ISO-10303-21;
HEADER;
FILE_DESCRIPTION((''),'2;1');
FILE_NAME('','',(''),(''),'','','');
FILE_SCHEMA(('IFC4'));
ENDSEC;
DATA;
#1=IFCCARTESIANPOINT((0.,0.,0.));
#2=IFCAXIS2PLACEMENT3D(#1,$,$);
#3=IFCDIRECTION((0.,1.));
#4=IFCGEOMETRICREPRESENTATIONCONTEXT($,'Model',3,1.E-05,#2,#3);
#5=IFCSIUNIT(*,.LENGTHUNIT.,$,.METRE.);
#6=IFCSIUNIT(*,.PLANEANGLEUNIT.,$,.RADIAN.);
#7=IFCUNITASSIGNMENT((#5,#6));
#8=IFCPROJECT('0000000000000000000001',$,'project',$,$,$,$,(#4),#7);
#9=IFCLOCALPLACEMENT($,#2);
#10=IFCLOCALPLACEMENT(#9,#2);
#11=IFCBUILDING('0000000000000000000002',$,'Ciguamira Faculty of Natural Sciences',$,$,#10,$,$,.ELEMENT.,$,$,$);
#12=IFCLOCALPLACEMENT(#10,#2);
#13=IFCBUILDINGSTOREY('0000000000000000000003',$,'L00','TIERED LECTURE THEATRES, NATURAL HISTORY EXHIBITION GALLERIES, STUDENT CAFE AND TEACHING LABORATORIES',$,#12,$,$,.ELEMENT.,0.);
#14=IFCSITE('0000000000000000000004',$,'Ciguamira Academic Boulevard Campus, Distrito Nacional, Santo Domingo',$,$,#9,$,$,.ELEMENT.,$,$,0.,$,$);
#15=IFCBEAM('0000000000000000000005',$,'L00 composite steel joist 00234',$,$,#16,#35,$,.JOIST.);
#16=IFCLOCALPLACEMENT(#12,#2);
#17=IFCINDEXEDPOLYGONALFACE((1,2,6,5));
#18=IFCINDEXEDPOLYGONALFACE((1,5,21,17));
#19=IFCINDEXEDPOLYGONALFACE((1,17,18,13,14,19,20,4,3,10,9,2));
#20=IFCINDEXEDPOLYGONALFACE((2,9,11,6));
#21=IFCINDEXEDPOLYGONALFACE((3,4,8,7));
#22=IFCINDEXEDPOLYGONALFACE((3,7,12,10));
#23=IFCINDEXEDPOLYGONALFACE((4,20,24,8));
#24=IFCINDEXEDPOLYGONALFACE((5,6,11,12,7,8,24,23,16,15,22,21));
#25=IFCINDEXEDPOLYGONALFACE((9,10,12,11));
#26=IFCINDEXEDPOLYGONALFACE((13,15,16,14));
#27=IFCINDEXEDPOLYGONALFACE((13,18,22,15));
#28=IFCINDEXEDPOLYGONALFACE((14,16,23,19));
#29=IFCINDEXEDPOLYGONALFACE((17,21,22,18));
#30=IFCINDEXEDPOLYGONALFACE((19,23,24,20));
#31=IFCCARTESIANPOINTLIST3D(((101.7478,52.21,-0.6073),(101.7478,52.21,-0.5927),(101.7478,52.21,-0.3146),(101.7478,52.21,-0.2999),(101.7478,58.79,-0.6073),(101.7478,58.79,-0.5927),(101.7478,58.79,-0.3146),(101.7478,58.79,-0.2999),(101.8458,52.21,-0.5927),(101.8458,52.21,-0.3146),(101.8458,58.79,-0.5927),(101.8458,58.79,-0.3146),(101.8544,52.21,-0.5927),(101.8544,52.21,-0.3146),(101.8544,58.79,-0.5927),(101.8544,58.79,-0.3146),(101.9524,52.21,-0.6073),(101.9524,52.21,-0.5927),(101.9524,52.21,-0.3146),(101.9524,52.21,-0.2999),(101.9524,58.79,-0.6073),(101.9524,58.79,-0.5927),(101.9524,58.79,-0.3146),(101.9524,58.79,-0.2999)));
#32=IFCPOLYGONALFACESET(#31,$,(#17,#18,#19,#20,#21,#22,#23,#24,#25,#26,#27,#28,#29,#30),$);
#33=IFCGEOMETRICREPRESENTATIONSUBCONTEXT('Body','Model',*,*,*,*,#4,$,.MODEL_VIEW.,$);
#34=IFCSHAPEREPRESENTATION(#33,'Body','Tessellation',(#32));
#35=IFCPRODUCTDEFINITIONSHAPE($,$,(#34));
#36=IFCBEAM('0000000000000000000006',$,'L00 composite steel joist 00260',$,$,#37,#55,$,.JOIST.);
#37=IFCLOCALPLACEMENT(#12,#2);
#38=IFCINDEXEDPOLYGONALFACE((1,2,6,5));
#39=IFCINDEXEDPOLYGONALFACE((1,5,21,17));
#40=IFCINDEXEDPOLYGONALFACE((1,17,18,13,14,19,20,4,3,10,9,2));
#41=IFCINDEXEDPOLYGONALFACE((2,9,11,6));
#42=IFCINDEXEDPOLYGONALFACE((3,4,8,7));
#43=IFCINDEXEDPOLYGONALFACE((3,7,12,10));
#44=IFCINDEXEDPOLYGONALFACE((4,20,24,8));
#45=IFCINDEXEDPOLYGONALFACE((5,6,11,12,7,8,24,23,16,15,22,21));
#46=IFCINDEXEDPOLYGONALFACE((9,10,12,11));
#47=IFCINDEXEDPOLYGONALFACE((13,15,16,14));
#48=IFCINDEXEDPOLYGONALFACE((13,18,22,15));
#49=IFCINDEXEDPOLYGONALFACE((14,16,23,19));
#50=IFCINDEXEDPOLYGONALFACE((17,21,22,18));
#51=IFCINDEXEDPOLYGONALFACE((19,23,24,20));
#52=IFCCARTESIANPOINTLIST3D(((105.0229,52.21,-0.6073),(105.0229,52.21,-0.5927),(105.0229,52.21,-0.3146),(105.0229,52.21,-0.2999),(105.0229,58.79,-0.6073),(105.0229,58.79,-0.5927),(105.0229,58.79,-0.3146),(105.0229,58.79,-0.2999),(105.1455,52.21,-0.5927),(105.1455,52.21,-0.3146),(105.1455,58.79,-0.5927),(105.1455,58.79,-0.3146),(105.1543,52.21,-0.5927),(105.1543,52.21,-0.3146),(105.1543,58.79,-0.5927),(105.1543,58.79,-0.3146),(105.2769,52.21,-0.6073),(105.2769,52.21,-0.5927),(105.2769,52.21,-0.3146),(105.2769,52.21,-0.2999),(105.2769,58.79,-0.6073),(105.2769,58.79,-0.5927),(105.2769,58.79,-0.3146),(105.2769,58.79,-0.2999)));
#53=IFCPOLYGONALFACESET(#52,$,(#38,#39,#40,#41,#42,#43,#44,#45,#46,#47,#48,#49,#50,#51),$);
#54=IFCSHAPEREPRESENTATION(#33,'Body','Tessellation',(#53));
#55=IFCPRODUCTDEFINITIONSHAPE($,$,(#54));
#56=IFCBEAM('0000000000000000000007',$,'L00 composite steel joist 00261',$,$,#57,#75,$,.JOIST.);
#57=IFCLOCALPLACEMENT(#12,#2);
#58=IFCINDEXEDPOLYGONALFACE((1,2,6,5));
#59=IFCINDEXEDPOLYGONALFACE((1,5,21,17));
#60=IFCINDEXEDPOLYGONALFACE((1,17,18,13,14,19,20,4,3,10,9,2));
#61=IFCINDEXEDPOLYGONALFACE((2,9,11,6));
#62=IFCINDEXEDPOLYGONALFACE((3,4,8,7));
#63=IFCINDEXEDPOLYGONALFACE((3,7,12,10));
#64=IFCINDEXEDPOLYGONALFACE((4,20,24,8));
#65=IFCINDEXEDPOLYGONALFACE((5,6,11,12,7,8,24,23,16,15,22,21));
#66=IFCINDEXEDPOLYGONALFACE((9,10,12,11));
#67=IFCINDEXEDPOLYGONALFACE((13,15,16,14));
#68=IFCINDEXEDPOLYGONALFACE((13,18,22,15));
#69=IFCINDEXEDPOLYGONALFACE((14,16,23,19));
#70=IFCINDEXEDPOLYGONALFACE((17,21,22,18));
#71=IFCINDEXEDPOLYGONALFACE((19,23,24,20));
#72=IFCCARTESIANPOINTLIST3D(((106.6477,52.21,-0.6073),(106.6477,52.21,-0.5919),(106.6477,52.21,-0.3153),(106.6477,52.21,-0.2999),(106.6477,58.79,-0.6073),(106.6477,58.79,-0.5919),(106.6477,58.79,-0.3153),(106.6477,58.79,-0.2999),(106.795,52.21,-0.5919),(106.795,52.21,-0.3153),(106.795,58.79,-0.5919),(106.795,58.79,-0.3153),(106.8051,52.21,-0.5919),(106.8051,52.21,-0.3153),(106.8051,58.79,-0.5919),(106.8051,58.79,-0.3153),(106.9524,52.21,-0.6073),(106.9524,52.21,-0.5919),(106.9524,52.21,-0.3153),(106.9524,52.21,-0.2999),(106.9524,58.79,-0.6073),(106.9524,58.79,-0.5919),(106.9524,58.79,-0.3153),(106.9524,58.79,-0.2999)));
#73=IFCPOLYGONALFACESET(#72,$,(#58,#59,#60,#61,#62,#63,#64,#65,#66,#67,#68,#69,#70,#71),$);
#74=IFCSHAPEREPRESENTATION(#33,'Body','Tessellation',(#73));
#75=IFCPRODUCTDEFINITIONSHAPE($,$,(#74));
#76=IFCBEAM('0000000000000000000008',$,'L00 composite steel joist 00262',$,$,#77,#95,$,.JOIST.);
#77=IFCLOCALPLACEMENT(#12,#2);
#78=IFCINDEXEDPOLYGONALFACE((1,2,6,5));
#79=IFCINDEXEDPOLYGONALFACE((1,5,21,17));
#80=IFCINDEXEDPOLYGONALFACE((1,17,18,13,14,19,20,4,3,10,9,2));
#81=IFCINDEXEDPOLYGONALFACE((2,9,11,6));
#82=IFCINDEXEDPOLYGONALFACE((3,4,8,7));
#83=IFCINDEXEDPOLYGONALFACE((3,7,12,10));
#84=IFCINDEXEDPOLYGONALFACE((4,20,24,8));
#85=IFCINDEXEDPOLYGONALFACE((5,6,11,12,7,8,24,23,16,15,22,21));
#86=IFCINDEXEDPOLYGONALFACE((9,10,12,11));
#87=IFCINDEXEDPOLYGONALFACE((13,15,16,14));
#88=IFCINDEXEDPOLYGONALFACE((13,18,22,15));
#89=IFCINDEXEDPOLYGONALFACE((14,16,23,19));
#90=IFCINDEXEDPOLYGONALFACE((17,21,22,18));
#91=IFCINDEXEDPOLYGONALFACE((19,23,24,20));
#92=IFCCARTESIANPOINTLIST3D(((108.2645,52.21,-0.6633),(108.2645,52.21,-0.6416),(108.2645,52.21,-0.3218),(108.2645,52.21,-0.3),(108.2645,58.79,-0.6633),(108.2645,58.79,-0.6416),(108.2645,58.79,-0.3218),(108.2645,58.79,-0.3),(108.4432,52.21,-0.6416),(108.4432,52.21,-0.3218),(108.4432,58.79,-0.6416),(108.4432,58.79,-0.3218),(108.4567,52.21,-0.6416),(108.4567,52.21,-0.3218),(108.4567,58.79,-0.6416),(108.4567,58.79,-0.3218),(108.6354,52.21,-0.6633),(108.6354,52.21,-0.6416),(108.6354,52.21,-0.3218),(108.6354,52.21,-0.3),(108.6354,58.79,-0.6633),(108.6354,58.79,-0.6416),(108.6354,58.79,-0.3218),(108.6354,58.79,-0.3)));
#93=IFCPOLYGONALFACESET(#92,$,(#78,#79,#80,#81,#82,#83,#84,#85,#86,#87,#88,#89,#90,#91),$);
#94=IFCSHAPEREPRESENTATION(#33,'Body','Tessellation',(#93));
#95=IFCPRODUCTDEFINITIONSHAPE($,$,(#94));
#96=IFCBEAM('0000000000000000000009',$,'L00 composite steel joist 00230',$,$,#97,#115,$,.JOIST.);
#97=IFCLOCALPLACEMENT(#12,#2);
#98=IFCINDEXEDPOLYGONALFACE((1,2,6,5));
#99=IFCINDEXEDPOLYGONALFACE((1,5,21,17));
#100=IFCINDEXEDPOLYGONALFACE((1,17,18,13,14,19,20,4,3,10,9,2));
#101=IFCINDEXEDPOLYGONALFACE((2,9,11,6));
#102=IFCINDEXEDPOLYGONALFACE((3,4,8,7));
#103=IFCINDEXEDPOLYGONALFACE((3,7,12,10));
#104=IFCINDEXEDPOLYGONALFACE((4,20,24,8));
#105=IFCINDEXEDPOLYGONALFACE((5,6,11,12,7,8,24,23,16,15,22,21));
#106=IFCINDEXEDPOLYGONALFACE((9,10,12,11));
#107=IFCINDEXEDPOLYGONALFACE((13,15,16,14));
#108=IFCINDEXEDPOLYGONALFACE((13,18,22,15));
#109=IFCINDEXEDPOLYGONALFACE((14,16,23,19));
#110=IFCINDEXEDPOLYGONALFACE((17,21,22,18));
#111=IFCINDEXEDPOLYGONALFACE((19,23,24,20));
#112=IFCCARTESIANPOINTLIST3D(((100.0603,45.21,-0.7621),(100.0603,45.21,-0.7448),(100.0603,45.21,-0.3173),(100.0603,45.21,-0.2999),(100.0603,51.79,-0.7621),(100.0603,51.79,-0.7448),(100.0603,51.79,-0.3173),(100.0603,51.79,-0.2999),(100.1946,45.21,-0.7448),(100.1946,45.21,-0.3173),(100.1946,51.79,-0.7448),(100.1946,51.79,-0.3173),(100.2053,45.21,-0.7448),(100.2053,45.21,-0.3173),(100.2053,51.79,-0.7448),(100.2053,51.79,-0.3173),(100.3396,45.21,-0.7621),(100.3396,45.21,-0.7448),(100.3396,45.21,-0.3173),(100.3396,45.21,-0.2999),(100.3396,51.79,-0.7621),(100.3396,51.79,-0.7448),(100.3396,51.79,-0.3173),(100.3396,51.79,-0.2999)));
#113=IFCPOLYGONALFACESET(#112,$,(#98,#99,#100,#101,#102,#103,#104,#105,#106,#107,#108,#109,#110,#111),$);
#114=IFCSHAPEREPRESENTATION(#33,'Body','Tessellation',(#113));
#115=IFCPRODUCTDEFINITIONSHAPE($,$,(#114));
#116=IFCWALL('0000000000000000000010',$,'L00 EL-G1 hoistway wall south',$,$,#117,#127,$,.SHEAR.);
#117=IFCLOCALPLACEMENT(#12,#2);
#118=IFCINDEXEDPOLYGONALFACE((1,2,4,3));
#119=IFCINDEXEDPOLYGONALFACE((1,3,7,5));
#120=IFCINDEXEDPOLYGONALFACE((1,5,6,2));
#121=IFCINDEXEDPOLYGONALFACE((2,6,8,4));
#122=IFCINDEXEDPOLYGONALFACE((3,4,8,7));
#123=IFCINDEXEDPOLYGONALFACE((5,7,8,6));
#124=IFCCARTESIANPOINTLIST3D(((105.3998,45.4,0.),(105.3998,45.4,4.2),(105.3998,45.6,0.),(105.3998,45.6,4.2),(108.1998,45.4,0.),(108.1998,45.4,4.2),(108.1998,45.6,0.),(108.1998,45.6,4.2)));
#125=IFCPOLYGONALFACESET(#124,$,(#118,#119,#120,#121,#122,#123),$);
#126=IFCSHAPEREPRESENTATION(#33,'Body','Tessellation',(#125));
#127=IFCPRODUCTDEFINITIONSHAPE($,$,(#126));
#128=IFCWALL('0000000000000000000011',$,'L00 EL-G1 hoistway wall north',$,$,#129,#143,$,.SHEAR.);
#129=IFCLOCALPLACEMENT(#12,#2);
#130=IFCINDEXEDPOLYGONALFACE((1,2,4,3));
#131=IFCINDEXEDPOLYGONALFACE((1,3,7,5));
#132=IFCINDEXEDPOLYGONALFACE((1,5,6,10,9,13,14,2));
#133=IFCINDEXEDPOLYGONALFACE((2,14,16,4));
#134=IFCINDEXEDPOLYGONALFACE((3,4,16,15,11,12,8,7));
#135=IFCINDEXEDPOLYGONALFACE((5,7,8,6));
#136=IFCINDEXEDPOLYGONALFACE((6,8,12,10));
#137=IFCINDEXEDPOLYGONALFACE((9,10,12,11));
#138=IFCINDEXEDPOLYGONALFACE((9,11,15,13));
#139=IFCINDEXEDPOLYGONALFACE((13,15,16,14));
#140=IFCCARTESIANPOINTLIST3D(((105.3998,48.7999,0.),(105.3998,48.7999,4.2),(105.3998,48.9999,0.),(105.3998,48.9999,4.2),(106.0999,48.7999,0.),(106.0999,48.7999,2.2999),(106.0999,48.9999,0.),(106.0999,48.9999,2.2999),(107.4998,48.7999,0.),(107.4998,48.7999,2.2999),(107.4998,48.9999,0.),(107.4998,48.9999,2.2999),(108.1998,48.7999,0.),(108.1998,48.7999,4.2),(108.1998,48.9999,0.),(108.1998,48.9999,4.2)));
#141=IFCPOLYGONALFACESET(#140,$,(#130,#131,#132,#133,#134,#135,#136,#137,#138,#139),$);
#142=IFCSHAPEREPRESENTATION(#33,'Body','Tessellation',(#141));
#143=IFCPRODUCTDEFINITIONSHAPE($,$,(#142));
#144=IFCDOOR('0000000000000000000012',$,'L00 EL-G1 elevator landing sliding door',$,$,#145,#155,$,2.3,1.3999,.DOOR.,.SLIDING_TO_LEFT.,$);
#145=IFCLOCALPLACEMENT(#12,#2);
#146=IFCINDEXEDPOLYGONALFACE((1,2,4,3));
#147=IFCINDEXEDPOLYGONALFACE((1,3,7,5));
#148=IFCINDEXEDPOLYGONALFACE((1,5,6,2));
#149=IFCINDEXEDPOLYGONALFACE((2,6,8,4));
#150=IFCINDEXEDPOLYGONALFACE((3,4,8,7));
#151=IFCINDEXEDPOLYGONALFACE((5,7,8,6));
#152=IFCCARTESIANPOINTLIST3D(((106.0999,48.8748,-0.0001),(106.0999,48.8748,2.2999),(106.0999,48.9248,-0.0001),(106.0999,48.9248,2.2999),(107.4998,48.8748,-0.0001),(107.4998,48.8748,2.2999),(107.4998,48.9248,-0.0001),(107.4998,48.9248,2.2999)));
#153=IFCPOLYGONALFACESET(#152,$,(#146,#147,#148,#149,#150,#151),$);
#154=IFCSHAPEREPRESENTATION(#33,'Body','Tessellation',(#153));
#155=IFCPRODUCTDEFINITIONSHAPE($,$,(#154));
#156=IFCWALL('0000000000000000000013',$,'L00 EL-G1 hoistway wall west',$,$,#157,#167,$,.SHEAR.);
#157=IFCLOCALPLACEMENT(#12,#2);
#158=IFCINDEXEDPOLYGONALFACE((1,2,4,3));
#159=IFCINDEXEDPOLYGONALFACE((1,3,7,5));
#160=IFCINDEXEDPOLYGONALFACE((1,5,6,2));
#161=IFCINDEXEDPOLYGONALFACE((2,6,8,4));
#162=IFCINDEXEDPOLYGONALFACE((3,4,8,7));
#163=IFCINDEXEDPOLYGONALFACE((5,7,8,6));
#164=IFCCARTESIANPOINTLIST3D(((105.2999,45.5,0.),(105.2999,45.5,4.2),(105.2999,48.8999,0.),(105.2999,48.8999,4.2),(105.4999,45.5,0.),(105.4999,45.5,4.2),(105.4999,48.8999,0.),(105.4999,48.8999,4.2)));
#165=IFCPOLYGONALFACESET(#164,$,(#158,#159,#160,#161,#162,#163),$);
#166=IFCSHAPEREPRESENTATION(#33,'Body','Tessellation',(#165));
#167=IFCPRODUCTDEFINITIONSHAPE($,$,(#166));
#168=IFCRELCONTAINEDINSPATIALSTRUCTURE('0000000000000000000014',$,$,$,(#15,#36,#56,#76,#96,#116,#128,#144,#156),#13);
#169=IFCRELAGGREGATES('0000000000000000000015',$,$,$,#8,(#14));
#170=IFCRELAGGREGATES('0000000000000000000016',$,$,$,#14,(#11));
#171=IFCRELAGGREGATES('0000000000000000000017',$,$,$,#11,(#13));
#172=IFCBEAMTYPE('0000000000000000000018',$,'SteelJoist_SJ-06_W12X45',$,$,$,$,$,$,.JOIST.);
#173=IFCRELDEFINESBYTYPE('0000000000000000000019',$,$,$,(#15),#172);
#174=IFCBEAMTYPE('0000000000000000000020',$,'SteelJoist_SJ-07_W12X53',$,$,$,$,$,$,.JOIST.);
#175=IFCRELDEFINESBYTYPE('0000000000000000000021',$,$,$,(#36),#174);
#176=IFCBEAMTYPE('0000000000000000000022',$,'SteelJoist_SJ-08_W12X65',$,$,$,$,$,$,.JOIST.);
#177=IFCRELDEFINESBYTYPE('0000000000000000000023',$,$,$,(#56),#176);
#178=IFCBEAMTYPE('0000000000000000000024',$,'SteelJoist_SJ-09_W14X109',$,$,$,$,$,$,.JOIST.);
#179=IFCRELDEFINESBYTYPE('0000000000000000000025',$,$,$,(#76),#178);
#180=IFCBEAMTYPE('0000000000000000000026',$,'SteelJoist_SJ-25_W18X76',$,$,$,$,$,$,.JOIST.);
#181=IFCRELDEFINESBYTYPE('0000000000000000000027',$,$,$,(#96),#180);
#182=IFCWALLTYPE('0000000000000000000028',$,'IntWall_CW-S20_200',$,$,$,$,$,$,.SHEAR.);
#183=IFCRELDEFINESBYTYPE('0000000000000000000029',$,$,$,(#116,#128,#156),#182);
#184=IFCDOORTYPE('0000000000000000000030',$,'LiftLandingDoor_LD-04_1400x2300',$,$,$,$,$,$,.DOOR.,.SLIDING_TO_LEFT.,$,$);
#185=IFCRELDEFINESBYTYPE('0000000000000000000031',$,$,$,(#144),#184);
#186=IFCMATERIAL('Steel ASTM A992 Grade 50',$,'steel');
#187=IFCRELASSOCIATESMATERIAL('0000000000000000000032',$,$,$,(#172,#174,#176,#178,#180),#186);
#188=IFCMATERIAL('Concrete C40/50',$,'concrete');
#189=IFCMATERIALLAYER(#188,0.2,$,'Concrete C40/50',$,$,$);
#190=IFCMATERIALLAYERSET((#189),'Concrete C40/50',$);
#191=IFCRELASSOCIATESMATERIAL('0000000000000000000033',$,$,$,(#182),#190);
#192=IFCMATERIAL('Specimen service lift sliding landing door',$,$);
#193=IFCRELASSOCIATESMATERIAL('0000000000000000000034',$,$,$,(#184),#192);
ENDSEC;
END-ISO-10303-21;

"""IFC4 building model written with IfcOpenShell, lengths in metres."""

from ifc_helpers import new_model, si_unit, direction, frame, frame_2d, origin, origin_2d, place, context, subcontext, project, spatial, rectangle, i_section, extrude, material, layer, layer_set, material_profile, profile_set, type_object, element, fill, save


model = new_model("IFC4")

# Units and contexts
model_context = context("Model", 3, precision=1e-05, world=origin(), true_north=direction((0.0, 1.0)))
body_context = subcontext(model_context, "Body", "Model", "MODEL_VIEW")
ifc_project = project(units=[si_unit("LENGTHUNIT", "METRE"), si_unit("PLANEANGLEUNIT", "RADIAN")], contexts=[model_context])

# Site, building, storey
site_placement = place(None, origin())
site = spatial("IfcSite", under=ifc_project, at=site_placement, Name="Ciguamira Academic Boulevard Campus, Distrito Nacional, Santo Domingo", CompositionType="ELEMENT", RefElevation=0.0)
building_placement = place(site_placement, origin())
building = spatial("IfcBuilding", under=site, at=building_placement, Name="Ciguamira Faculty of Natural Sciences", CompositionType="ELEMENT")
storey_placement = place(building_placement, origin())
storey = spatial("IfcBuildingStorey", under=building, at=storey_placement, Name="L00", Description="TIERED LECTURE THEATRES, NATURAL HISTORY EXHIBITION GALLERIES, STUDENT CAFE AND TEACHING LABORATORIES", CompositionType="ELEMENT", Elevation=0.0)

# Shared definitions
ifc_material_1 = material(Name="Concrete C40/50", Category="concrete")

# Beams
ifc_material_2 = material(Name="Steel ASTM A992 Grade 50", Category="steel")
ifc_material_profile_1 = material_profile(ifc_material_2, i_section(OverallWidth=0.2046, OverallDepth=0.3074, WebThickness=0.0085, FlangeThickness=0.0146, at=origin_2d()), Name="W12X45")
ifc_profile_set_1 = profile_set([ifc_material_profile_1], Name="Steel ASTM A992 Grade 50")
beam_type_1 = type_object("IfcBeamType", Name="SteelJoist_SJ-06_W12X45", PredefinedType="JOIST", material=ifc_profile_set_1)
beam_1_placement = place(storey_placement, frame((101.8501, 52.21, -0.4536), z_axis=(0.0, 1.0, 0.0), x_axis=(-1.0, 0.0, 0.0)))
element("IfcBeam", 1, at=beam_1_placement, inside=storey, type_object=beam_type_1, Name="L00 composite steel joist 00234", PredefinedType="JOIST", context=body_context, shape_type="SweptSolid", body=[
    extrude(i_section(OverallWidth=0.2046, OverallDepth=0.3074, WebThickness=0.0085, FlangeThickness=0.0146, at=origin_2d()), origin(), (0.0, 0.0, 1.0), 6.5801),
])
ifc_material_profile_2 = material_profile(ifc_material_2, i_section(OverallWidth=0.2539, OverallDepth=0.3074, WebThickness=0.0088, FlangeThickness=0.0146, at=origin_2d()), Name="W12X53")
ifc_profile_set_2 = profile_set([ifc_material_profile_2], Name="Steel ASTM A992 Grade 50")
beam_type_2 = type_object("IfcBeamType", Name="SteelJoist_SJ-07_W12X53", PredefinedType="JOIST", material=ifc_profile_set_2)
beam_2_placement = place(storey_placement, frame((105.1499, 52.21, -0.4536), z_axis=(0.0, 1.0, 0.0), x_axis=(-1.0, 0.0, 0.0)))
element("IfcBeam", 2, at=beam_2_placement, inside=storey, type_object=beam_type_2, Name="L00 composite steel joist 00260", PredefinedType="JOIST", context=body_context, shape_type="SweptSolid", body=[
    extrude(i_section(OverallWidth=0.2539, OverallDepth=0.3074, WebThickness=0.0088, FlangeThickness=0.0146, at=origin_2d()), origin(), (0.0, 0.0, 1.0), 6.5801),
])
ifc_material_profile_3 = material_profile(ifc_material_2, i_section(OverallWidth=0.3047, OverallDepth=0.3074, WebThickness=0.01, FlangeThickness=0.0154, at=origin_2d()), Name="W12X65")
ifc_profile_set_3 = profile_set([ifc_material_profile_3], Name="Steel ASTM A992 Grade 50")
beam_type_3 = type_object("IfcBeamType", Name="SteelJoist_SJ-08_W12X65", PredefinedType="JOIST", material=ifc_profile_set_3)
beam_3_placement = place(storey_placement, frame((106.8, 52.21, -0.4536), z_axis=(0.0, 1.0, 0.0), x_axis=(-1.0, 0.0, 0.0)))
element("IfcBeam", 3, at=beam_3_placement, inside=storey, type_object=beam_type_3, Name="L00 composite steel joist 00261", PredefinedType="JOIST", context=body_context, shape_type="SweptSolid", body=[
    extrude(i_section(OverallWidth=0.3047, OverallDepth=0.3074, WebThickness=0.01, FlangeThickness=0.0154, at=origin_2d()), origin(), (0.0, 0.0, 1.0), 6.5801),
])
ifc_material_profile_4 = material_profile(ifc_material_2, i_section(OverallWidth=0.3708, OverallDepth=0.3633, WebThickness=0.0134, FlangeThickness=0.0217, at=origin_2d()), Name="W14X109")
ifc_profile_set_4 = profile_set([ifc_material_profile_4], Name="Steel ASTM A992 Grade 50")
beam_type_4 = type_object("IfcBeamType", Name="SteelJoist_SJ-09_W14X109", PredefinedType="JOIST", material=ifc_profile_set_4)
beam_4_placement = place(storey_placement, frame((108.45, 52.21, -0.4817), z_axis=(0.0, 1.0, 0.0), x_axis=(-1.0, 0.0, 0.0)))
element("IfcBeam", 4, at=beam_4_placement, inside=storey, type_object=beam_type_4, Name="L00 composite steel joist 00262", PredefinedType="JOIST", context=body_context, shape_type="SweptSolid", body=[
    extrude(i_section(OverallWidth=0.3708, OverallDepth=0.3633, WebThickness=0.0134, FlangeThickness=0.0217, at=origin_2d()), origin(), (0.0, 0.0, 1.0), 6.5801),
])
ifc_material_profile_5 = material_profile(ifc_material_2, i_section(OverallWidth=0.2793, OverallDepth=0.4622, WebThickness=0.0107, FlangeThickness=0.0173, at=origin_2d()), Name="W18X76")
ifc_profile_set_5 = profile_set([ifc_material_profile_5], Name="Steel ASTM A992 Grade 50")
beam_type_5 = type_object("IfcBeamType", Name="SteelJoist_SJ-25_W18X76", PredefinedType="JOIST", material=ifc_profile_set_5)
beam_5_placement = place(storey_placement, frame((100.2, 45.21, -0.531), z_axis=(0.0, 1.0, 0.0), x_axis=(-1.0, 0.0, 0.0)))
element("IfcBeam", 5, at=beam_5_placement, inside=storey, type_object=beam_type_5, Name="L00 composite steel joist 00230", PredefinedType="JOIST", context=body_context, shape_type="SweptSolid", body=[
    extrude(i_section(OverallWidth=0.2793, OverallDepth=0.4622, WebThickness=0.0107, FlangeThickness=0.0173, at=origin_2d()), origin(), (0.0, 0.0, 1.0), 6.5801),
])

# Wall
ifc_layer_1 = layer(ifc_material_1, 0.2, Name="Concrete C40/50")
ifc_layer_set_1 = layer_set([ifc_layer_1], Name="Concrete C40/50")
wall_type_1 = type_object("IfcWallType", Name="IntWall_CW-S20_200", PredefinedType="SHEAR", material=ifc_layer_set_1)
wall_1_placement = place(storey_placement, frame((105.3999, 45.5, 0.0), z_axis=(0.0, 0.0, 1.0), x_axis=(1.0, 0.0, 0.0)))
element("IfcWall", 6, at=wall_1_placement, inside=storey, type_object=wall_type_1, Name="L00 EL-G1 hoistway wall south", PredefinedType="SHEAR", context=body_context, shape_type="SweptSolid", body=[
    extrude(rectangle(XDim=2.8, YDim=0.2, at=frame_2d((1.3999, 0.0))), origin(), (0.0, 0.0, 1.0), 4.2),
])

# Wall, opening, door
wall_2_placement = place(storey_placement, frame((105.3999, 48.8999, 0.0), z_axis=(0.0, 0.0, 1.0), x_axis=(1.0, 0.0, 0.0)))
wall_2 = element("IfcWall", 7, at=wall_2_placement, inside=storey, type_object=wall_type_1, Name="L00 EL-G1 hoistway wall north", PredefinedType="SHEAR", context=body_context, shape_type="SweptSolid", body=[
    extrude(rectangle(XDim=2.8, YDim=0.2, at=frame_2d((1.3999, 0.0))), origin(), (0.0, 0.0, 1.0), 4.2),
])
opening_placement = place(wall_2_placement, frame((0.7, 0.0, 0.0)))
opening = element("IfcOpeningElement", 8, at=opening_placement, cuts=wall_2, PredefinedType="OPENING", context=body_context, shape_type="SweptSolid", body=[
    extrude(rectangle(XDim=1.3999, YDim=2.3, at=frame_2d((0.7, 1.1499))), frame((0.0, 0.1099, 0.0), z_axis=(0.0, -1.0, 0.0), x_axis=(1.0, 0.0, 0.0)), (0.0, 0.0, 1.0), 0.22),
])
ifc_material_3 = material(Name="Specimen service lift sliding landing door")
door_type = type_object("IfcDoorType", Name="LiftLandingDoor_LD-04_1400x2300", OperationType="SLIDING_TO_LEFT", PredefinedType="DOOR", material=ifc_material_3)
door_placement = place(opening_placement, origin())
door = element("IfcDoor", 9, at=door_placement, inside=storey, type_object=door_type, Name="L00 EL-G1 elevator landing sliding door", OperationType="SLIDING_TO_LEFT", OverallHeight=2.3, OverallWidth=1.3999, PredefinedType="DOOR", context=body_context, shape_type="SweptSolid", body=[
    extrude(rectangle(XDim=1.3999, YDim=2.3, at=frame_2d((0.7, 1.1499))), frame((0.0, 0.0249, 0.0), z_axis=(0.0, -1.0, 0.0), x_axis=(1.0, 0.0, 0.0)), (0.0, 0.0, 1.0), 0.05),
])
fill(opening, door)

# Wall
for number, where, z_axis, x_axis, name in (
    (10, (105.3999, 45.5, 0.0), (0.0, 0.0, 1.0), (0.0, 1.0, 0.0), "L00 EL-G1 hoistway wall west"),
):
    element("IfcWall", number, at=place(storey_placement, frame(where, z_axis=z_axis, x_axis=x_axis)), inside=storey, type_object=wall_type_1, Name=name, PredefinedType="SHEAR", context=body_context, shape_type="SweptSolid", body=[
        extrude(rectangle(XDim=3.3999, YDim=0.2, at=frame_2d((1.7, 0.0))), origin(), (0.0, 0.0, 1.0), 4.2),
    ])

save(model, "model.ifc")
